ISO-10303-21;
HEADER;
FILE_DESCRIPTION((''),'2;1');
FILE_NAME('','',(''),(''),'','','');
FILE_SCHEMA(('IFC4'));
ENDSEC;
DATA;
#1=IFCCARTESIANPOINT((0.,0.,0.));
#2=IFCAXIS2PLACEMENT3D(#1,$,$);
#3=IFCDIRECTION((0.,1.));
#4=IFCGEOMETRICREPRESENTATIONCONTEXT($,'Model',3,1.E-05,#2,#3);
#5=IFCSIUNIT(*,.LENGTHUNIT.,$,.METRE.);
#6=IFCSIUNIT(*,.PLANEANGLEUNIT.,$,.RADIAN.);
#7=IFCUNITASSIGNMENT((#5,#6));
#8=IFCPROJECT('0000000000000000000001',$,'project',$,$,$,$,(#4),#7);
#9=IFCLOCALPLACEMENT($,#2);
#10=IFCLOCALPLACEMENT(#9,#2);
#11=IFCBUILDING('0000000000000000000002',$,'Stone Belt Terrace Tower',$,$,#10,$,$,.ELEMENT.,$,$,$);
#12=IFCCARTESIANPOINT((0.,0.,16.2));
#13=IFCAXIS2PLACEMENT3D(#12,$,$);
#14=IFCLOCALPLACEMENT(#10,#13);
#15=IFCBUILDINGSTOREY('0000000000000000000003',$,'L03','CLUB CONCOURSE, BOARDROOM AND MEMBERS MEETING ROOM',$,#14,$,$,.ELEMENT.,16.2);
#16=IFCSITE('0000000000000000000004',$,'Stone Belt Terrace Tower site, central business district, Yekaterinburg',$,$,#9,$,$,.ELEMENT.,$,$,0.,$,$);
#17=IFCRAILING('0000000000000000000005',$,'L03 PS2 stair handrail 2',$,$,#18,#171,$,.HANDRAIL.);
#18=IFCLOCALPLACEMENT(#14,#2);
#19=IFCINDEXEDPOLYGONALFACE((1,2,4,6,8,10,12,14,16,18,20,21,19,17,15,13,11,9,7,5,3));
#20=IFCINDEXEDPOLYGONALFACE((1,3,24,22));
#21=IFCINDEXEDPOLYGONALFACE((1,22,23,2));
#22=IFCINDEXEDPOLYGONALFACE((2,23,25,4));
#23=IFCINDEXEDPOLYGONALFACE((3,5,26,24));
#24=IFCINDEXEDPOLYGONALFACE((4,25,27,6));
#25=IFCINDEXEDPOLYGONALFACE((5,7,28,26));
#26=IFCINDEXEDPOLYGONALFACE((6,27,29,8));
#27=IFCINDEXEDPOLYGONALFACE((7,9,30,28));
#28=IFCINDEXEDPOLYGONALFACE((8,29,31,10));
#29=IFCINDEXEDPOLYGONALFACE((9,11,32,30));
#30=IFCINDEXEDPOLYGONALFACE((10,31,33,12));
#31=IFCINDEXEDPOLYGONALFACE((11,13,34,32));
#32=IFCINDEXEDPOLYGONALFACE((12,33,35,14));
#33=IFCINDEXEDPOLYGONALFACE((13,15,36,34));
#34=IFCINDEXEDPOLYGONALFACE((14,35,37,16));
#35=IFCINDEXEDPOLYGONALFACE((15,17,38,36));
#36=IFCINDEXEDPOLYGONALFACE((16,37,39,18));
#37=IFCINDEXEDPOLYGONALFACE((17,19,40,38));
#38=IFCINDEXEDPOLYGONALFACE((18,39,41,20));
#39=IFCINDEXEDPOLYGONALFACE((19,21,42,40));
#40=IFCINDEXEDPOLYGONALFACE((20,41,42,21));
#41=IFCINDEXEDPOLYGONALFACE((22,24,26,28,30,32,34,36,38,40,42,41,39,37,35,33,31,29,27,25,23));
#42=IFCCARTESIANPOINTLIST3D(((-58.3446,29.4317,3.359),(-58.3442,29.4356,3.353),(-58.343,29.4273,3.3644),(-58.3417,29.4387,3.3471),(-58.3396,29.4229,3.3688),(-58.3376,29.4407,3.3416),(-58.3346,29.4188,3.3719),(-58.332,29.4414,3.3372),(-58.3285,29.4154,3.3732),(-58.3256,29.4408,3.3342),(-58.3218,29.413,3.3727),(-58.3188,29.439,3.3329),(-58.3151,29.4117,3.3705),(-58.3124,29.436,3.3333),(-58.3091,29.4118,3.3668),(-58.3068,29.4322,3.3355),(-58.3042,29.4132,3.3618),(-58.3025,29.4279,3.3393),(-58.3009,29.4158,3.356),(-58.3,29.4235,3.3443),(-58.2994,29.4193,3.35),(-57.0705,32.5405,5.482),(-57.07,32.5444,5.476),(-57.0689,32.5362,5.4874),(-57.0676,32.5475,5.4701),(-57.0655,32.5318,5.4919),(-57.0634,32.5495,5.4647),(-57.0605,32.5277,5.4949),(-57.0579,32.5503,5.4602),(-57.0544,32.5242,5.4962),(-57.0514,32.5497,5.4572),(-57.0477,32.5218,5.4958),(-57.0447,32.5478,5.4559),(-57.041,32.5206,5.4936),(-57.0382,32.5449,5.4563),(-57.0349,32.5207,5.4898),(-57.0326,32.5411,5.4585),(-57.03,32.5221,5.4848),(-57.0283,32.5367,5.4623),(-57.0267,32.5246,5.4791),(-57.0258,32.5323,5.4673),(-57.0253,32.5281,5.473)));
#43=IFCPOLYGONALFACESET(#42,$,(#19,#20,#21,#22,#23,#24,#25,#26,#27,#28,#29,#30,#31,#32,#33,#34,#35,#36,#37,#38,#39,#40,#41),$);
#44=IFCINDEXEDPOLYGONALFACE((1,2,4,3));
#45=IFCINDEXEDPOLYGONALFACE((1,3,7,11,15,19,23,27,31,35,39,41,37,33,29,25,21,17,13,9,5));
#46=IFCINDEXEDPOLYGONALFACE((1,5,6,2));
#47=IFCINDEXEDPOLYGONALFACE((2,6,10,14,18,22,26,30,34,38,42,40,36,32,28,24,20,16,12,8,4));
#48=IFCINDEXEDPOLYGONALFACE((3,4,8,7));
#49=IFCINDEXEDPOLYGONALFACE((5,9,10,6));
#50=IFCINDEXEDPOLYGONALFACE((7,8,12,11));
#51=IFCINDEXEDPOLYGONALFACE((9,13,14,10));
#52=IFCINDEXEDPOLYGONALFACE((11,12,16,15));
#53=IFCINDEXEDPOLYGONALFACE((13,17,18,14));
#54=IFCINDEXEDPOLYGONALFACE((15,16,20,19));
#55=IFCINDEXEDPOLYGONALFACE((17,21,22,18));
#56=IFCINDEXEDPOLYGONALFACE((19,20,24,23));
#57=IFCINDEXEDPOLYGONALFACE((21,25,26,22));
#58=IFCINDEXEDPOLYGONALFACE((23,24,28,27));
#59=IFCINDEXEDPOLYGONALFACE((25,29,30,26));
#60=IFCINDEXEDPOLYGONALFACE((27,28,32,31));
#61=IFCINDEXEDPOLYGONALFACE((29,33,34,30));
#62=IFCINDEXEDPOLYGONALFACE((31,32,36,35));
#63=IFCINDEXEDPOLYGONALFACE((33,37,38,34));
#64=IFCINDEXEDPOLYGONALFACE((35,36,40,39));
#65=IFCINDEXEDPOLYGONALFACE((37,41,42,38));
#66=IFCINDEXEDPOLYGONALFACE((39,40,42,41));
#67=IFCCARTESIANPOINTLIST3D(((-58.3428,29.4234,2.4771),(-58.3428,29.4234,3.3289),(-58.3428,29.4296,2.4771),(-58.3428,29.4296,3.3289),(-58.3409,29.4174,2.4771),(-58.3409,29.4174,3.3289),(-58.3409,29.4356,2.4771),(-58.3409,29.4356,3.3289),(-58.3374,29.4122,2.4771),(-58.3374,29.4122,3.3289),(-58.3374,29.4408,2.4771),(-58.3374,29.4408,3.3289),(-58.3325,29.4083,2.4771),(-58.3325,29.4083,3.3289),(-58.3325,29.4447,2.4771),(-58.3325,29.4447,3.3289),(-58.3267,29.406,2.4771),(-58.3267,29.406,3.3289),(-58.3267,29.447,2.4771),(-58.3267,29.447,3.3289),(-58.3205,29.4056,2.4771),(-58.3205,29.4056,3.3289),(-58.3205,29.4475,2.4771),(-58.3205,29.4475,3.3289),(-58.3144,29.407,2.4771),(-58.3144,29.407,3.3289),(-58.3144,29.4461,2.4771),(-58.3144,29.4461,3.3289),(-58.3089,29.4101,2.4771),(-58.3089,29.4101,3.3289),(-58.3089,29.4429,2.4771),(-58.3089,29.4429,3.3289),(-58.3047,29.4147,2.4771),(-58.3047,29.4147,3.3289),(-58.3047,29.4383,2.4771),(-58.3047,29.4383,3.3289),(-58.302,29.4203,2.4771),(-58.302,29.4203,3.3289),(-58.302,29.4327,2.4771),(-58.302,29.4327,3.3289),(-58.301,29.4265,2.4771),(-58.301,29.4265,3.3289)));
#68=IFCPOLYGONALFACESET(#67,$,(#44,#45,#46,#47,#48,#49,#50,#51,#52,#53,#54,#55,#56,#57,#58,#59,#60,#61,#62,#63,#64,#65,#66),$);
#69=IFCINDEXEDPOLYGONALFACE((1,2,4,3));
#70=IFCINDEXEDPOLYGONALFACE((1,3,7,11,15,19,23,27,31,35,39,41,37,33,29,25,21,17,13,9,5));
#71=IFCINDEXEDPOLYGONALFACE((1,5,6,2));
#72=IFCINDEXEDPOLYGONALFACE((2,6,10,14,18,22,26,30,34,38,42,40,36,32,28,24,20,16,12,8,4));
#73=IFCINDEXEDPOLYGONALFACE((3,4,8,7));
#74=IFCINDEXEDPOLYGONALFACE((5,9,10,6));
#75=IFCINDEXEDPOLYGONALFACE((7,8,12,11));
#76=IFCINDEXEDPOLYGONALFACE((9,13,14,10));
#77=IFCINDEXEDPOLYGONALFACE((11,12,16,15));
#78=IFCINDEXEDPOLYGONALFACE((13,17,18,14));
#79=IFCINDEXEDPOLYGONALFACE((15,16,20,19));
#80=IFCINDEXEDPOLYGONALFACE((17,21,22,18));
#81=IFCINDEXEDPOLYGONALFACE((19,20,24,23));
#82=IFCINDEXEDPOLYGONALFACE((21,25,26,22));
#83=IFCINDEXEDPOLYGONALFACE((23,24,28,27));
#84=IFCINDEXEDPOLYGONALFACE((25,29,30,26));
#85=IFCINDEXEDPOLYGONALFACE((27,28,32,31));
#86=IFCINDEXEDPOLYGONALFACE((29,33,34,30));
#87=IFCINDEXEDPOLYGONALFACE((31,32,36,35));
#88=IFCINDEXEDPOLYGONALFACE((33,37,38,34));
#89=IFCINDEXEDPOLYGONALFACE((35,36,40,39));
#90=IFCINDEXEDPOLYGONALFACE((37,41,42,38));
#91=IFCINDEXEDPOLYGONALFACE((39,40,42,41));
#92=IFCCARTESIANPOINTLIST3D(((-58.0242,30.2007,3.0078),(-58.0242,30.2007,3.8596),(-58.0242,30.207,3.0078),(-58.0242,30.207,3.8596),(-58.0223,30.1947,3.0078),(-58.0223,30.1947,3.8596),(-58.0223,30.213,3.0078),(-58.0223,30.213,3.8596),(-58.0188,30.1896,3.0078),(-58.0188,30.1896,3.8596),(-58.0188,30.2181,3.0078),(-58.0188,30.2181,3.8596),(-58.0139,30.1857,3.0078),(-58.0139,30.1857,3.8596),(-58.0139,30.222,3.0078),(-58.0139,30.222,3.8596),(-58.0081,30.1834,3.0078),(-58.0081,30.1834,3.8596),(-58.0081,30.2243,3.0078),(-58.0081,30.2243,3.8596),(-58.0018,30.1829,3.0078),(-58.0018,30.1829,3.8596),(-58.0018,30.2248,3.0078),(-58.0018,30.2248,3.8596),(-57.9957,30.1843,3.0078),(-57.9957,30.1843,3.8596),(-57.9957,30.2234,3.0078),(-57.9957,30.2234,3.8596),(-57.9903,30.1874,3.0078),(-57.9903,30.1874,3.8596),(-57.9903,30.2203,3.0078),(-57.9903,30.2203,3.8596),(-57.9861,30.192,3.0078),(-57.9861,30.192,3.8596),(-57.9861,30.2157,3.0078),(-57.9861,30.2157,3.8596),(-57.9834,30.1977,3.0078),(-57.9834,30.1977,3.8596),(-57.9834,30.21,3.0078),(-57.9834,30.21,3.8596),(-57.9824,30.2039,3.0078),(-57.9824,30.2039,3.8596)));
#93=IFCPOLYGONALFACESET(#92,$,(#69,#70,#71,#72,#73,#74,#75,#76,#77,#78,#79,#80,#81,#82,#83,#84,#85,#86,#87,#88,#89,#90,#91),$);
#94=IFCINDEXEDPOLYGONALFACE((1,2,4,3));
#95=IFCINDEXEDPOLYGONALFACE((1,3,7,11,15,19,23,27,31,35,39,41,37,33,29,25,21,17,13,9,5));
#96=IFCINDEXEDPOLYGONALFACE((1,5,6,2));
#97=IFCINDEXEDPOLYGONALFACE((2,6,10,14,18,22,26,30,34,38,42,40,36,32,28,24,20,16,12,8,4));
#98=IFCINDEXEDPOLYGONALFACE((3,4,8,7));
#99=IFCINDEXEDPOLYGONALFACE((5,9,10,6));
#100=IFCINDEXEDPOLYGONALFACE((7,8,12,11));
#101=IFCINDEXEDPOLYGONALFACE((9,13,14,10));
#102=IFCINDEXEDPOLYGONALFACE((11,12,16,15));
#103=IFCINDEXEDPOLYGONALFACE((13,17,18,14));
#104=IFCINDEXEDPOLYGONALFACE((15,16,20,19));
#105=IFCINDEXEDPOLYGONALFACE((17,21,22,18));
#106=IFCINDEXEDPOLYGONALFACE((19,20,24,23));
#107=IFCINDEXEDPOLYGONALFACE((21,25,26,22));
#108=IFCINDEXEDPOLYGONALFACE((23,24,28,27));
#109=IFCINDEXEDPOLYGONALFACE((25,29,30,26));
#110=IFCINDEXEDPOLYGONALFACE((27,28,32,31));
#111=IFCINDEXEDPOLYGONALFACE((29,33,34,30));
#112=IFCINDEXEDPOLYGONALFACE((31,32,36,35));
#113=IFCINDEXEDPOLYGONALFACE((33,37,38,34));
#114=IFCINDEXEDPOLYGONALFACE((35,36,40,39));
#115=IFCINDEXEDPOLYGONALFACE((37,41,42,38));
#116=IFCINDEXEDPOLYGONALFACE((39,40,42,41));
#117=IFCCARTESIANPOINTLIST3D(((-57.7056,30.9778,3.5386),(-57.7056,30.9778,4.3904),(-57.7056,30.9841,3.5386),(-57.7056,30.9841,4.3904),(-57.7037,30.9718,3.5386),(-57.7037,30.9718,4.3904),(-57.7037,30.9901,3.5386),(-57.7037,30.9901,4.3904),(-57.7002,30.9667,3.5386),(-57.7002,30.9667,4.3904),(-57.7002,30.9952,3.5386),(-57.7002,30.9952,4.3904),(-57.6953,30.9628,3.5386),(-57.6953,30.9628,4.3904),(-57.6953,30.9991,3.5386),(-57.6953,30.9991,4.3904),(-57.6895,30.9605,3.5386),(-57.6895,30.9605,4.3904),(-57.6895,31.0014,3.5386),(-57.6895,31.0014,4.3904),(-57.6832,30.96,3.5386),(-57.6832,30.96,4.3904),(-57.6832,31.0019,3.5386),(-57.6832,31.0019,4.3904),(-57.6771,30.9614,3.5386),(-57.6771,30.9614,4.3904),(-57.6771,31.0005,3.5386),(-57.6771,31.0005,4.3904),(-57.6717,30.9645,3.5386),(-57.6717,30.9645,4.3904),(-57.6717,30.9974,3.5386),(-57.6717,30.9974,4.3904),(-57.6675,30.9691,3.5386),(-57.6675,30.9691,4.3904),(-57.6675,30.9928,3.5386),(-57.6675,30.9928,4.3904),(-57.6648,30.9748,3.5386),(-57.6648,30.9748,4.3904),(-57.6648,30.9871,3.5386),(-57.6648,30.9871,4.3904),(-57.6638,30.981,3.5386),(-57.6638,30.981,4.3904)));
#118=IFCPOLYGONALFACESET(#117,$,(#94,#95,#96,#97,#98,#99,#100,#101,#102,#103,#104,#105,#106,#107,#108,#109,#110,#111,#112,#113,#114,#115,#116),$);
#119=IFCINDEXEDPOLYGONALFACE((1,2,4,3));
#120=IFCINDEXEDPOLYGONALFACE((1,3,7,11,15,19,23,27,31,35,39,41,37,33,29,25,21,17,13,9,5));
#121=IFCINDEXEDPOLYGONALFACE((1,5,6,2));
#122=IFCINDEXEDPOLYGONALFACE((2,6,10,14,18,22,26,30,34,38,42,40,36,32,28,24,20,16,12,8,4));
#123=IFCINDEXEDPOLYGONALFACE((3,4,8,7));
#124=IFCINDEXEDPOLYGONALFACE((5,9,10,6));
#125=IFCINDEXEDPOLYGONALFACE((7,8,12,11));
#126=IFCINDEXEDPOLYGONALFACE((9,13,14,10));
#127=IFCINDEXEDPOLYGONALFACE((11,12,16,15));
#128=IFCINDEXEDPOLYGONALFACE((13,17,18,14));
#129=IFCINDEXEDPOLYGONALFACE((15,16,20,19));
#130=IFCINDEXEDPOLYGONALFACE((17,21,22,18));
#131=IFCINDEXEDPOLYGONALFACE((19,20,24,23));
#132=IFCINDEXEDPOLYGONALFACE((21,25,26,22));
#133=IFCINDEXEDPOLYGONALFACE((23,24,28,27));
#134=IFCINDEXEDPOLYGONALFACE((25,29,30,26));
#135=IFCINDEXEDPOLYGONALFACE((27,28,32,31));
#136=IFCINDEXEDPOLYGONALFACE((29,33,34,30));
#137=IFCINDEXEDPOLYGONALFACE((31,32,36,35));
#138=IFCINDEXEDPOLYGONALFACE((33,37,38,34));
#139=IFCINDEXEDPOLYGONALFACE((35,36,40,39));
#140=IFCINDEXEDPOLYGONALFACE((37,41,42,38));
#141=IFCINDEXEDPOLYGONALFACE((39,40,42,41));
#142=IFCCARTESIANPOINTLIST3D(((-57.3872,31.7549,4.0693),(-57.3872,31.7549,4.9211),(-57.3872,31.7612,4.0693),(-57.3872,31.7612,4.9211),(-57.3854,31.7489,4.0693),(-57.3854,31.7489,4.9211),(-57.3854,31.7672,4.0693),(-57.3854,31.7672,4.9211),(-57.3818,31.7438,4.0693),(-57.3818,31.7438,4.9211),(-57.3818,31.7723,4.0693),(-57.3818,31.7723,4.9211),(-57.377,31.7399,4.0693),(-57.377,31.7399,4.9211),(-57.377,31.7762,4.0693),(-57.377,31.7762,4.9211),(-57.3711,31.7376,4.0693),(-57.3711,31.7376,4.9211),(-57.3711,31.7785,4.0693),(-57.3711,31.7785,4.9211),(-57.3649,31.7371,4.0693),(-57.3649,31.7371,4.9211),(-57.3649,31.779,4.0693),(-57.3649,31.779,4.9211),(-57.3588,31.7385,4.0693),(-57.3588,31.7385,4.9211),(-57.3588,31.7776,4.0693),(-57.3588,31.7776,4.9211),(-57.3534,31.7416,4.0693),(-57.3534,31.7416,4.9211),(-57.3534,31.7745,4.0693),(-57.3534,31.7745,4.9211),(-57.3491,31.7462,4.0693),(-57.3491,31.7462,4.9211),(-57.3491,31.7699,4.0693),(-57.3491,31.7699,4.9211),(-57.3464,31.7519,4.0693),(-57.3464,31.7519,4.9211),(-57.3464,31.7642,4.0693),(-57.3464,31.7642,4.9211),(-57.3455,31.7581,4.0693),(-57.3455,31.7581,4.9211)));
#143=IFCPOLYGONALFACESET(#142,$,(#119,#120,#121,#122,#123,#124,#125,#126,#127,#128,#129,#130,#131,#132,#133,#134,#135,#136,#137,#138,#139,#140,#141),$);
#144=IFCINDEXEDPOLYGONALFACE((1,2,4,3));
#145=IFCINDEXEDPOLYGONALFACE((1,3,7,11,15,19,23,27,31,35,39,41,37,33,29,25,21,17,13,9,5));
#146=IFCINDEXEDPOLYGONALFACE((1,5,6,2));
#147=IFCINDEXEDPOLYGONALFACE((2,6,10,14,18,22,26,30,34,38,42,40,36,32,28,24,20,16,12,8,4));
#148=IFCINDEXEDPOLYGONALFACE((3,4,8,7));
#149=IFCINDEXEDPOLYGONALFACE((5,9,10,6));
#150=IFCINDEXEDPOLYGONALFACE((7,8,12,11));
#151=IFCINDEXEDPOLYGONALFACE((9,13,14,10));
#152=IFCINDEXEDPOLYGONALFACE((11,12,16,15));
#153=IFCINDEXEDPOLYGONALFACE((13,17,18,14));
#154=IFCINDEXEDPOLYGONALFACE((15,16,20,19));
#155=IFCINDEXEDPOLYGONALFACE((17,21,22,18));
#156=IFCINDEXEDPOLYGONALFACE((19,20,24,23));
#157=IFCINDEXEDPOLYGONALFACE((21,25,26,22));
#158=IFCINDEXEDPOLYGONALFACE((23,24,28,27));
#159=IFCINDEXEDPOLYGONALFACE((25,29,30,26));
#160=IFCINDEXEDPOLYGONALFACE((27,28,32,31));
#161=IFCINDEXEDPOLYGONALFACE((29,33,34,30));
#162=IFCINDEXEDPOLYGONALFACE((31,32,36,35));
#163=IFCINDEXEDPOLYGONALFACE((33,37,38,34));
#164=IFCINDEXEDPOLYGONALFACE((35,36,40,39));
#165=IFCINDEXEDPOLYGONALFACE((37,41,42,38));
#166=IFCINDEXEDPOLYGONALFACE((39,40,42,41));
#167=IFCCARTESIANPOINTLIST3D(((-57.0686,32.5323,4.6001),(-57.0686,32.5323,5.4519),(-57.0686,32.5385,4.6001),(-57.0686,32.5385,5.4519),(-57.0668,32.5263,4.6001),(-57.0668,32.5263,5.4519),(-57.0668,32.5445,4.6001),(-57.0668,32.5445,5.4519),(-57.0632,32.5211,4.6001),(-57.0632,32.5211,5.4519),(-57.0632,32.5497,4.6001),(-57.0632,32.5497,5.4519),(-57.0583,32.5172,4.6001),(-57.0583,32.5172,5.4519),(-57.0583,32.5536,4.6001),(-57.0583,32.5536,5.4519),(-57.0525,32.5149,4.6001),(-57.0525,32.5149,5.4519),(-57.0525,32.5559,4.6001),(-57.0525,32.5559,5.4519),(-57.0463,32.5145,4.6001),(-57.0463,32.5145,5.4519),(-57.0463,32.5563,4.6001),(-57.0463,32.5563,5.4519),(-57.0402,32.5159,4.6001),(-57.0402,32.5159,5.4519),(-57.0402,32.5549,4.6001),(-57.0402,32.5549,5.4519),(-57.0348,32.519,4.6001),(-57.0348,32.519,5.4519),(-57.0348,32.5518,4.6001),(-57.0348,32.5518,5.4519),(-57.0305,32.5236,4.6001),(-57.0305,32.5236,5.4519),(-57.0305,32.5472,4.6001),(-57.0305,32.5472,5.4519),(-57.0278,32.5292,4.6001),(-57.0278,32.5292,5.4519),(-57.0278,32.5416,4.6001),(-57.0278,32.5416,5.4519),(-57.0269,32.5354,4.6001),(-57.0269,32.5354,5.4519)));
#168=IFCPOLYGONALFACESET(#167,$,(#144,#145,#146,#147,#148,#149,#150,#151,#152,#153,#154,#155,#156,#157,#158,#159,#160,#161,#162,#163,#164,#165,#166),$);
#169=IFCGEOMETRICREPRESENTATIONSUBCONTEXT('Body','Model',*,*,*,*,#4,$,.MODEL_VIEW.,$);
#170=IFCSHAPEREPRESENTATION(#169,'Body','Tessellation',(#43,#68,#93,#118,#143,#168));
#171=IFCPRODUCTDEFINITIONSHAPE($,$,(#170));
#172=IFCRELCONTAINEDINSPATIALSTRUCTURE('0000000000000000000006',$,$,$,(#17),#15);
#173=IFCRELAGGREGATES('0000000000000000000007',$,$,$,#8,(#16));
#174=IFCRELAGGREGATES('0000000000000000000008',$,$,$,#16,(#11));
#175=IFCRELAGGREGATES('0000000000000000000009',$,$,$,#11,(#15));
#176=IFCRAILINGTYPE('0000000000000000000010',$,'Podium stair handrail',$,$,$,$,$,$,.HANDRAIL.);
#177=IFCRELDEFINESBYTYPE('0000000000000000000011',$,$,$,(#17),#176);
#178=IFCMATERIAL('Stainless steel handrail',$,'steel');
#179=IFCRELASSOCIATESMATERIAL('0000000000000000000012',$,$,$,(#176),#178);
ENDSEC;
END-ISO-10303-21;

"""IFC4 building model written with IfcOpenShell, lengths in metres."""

from ifc_helpers import new_model, si_unit, direction, frame, origin, origin_2d, place, context, subcontext, project, spatial, circle, extrude, material, type_object, element, save


model = new_model("IFC4")

# Units and contexts
model_context = context("Model", 3, precision=1e-05, world=origin(), true_north=direction((0.0, 1.0)))
body_context = subcontext(model_context, "Body", "Model", "MODEL_VIEW")
ifc_project = project(units=[si_unit("LENGTHUNIT", "METRE"), si_unit("PLANEANGLEUNIT", "RADIAN")], contexts=[model_context])

# Site, building, storey
site_placement = place(None, origin())
site = spatial("IfcSite", under=ifc_project, at=site_placement, Name="Stone Belt Terrace Tower site, central business district, Yekaterinburg", CompositionType="ELEMENT", RefElevation=0.0)
building_placement = place(site_placement, origin())
building = spatial("IfcBuilding", under=site, at=building_placement, Name="Stone Belt Terrace Tower", CompositionType="ELEMENT")
storey_placement = place(building_placement, frame((0.0, 0.0, 16.2)))
storey = spatial("IfcBuildingStorey", under=building, at=storey_placement, Name="L03", Description="CLUB CONCOURSE, BOARDROOM AND MEMBERS MEETING ROOM", CompositionType="ELEMENT", Elevation=16.2)

# Railing
ifc_material_1 = material(Name="Stainless steel handrail", Category="steel")
railing_type_1 = type_object("IfcRailingType", Name="Podium stair handrail", PredefinedType="HANDRAIL", material=ifc_material_1)
railing_1_placement = place(storey_placement, frame((-58.322, 29.4265, 2.4771)))
element("IfcRailing", 1, at=railing_1_placement, inside=storey, type_object=railing_type_1, Name="L03 PS2 stair handrail 2", PredefinedType="HANDRAIL", context=body_context, shape_type="SweptSolid", body=[
    extrude(circle(Radius=0.0239, at=origin_2d()), frame((0.0, 0.0, 0.876), z_axis=(0.320593, 0.782224, 0.534178), x_axis=(-0.925301, 0.379233, 0.0)), (0.0, 0.0, 1.0), 3.9744),
    extrude(circle(Radius=0.021, at=origin_2d()), origin(), (0.0, 0.0, 1.0), 0.8518),
    extrude(circle(Radius=0.021, at=origin_2d()), frame((0.3186, 0.7773, 0.5308)), (0.0, 0.0, 1.0), 0.8518),
    extrude(circle(Radius=0.021, at=origin_2d()), frame((0.6372, 1.5544, 1.0615)), (0.0, 0.0, 1.0), 0.8518),
    extrude(circle(Radius=0.021, at=origin_2d()), frame((0.9556, 2.3315, 1.5923)), (0.0, 0.0, 1.0), 0.8518),
    extrude(circle(Radius=0.021, at=origin_2d()), frame((1.2742, 3.1089, 2.123)), (0.0, 0.0, 1.0), 0.8518),
])

save(model, "model.ifc")
